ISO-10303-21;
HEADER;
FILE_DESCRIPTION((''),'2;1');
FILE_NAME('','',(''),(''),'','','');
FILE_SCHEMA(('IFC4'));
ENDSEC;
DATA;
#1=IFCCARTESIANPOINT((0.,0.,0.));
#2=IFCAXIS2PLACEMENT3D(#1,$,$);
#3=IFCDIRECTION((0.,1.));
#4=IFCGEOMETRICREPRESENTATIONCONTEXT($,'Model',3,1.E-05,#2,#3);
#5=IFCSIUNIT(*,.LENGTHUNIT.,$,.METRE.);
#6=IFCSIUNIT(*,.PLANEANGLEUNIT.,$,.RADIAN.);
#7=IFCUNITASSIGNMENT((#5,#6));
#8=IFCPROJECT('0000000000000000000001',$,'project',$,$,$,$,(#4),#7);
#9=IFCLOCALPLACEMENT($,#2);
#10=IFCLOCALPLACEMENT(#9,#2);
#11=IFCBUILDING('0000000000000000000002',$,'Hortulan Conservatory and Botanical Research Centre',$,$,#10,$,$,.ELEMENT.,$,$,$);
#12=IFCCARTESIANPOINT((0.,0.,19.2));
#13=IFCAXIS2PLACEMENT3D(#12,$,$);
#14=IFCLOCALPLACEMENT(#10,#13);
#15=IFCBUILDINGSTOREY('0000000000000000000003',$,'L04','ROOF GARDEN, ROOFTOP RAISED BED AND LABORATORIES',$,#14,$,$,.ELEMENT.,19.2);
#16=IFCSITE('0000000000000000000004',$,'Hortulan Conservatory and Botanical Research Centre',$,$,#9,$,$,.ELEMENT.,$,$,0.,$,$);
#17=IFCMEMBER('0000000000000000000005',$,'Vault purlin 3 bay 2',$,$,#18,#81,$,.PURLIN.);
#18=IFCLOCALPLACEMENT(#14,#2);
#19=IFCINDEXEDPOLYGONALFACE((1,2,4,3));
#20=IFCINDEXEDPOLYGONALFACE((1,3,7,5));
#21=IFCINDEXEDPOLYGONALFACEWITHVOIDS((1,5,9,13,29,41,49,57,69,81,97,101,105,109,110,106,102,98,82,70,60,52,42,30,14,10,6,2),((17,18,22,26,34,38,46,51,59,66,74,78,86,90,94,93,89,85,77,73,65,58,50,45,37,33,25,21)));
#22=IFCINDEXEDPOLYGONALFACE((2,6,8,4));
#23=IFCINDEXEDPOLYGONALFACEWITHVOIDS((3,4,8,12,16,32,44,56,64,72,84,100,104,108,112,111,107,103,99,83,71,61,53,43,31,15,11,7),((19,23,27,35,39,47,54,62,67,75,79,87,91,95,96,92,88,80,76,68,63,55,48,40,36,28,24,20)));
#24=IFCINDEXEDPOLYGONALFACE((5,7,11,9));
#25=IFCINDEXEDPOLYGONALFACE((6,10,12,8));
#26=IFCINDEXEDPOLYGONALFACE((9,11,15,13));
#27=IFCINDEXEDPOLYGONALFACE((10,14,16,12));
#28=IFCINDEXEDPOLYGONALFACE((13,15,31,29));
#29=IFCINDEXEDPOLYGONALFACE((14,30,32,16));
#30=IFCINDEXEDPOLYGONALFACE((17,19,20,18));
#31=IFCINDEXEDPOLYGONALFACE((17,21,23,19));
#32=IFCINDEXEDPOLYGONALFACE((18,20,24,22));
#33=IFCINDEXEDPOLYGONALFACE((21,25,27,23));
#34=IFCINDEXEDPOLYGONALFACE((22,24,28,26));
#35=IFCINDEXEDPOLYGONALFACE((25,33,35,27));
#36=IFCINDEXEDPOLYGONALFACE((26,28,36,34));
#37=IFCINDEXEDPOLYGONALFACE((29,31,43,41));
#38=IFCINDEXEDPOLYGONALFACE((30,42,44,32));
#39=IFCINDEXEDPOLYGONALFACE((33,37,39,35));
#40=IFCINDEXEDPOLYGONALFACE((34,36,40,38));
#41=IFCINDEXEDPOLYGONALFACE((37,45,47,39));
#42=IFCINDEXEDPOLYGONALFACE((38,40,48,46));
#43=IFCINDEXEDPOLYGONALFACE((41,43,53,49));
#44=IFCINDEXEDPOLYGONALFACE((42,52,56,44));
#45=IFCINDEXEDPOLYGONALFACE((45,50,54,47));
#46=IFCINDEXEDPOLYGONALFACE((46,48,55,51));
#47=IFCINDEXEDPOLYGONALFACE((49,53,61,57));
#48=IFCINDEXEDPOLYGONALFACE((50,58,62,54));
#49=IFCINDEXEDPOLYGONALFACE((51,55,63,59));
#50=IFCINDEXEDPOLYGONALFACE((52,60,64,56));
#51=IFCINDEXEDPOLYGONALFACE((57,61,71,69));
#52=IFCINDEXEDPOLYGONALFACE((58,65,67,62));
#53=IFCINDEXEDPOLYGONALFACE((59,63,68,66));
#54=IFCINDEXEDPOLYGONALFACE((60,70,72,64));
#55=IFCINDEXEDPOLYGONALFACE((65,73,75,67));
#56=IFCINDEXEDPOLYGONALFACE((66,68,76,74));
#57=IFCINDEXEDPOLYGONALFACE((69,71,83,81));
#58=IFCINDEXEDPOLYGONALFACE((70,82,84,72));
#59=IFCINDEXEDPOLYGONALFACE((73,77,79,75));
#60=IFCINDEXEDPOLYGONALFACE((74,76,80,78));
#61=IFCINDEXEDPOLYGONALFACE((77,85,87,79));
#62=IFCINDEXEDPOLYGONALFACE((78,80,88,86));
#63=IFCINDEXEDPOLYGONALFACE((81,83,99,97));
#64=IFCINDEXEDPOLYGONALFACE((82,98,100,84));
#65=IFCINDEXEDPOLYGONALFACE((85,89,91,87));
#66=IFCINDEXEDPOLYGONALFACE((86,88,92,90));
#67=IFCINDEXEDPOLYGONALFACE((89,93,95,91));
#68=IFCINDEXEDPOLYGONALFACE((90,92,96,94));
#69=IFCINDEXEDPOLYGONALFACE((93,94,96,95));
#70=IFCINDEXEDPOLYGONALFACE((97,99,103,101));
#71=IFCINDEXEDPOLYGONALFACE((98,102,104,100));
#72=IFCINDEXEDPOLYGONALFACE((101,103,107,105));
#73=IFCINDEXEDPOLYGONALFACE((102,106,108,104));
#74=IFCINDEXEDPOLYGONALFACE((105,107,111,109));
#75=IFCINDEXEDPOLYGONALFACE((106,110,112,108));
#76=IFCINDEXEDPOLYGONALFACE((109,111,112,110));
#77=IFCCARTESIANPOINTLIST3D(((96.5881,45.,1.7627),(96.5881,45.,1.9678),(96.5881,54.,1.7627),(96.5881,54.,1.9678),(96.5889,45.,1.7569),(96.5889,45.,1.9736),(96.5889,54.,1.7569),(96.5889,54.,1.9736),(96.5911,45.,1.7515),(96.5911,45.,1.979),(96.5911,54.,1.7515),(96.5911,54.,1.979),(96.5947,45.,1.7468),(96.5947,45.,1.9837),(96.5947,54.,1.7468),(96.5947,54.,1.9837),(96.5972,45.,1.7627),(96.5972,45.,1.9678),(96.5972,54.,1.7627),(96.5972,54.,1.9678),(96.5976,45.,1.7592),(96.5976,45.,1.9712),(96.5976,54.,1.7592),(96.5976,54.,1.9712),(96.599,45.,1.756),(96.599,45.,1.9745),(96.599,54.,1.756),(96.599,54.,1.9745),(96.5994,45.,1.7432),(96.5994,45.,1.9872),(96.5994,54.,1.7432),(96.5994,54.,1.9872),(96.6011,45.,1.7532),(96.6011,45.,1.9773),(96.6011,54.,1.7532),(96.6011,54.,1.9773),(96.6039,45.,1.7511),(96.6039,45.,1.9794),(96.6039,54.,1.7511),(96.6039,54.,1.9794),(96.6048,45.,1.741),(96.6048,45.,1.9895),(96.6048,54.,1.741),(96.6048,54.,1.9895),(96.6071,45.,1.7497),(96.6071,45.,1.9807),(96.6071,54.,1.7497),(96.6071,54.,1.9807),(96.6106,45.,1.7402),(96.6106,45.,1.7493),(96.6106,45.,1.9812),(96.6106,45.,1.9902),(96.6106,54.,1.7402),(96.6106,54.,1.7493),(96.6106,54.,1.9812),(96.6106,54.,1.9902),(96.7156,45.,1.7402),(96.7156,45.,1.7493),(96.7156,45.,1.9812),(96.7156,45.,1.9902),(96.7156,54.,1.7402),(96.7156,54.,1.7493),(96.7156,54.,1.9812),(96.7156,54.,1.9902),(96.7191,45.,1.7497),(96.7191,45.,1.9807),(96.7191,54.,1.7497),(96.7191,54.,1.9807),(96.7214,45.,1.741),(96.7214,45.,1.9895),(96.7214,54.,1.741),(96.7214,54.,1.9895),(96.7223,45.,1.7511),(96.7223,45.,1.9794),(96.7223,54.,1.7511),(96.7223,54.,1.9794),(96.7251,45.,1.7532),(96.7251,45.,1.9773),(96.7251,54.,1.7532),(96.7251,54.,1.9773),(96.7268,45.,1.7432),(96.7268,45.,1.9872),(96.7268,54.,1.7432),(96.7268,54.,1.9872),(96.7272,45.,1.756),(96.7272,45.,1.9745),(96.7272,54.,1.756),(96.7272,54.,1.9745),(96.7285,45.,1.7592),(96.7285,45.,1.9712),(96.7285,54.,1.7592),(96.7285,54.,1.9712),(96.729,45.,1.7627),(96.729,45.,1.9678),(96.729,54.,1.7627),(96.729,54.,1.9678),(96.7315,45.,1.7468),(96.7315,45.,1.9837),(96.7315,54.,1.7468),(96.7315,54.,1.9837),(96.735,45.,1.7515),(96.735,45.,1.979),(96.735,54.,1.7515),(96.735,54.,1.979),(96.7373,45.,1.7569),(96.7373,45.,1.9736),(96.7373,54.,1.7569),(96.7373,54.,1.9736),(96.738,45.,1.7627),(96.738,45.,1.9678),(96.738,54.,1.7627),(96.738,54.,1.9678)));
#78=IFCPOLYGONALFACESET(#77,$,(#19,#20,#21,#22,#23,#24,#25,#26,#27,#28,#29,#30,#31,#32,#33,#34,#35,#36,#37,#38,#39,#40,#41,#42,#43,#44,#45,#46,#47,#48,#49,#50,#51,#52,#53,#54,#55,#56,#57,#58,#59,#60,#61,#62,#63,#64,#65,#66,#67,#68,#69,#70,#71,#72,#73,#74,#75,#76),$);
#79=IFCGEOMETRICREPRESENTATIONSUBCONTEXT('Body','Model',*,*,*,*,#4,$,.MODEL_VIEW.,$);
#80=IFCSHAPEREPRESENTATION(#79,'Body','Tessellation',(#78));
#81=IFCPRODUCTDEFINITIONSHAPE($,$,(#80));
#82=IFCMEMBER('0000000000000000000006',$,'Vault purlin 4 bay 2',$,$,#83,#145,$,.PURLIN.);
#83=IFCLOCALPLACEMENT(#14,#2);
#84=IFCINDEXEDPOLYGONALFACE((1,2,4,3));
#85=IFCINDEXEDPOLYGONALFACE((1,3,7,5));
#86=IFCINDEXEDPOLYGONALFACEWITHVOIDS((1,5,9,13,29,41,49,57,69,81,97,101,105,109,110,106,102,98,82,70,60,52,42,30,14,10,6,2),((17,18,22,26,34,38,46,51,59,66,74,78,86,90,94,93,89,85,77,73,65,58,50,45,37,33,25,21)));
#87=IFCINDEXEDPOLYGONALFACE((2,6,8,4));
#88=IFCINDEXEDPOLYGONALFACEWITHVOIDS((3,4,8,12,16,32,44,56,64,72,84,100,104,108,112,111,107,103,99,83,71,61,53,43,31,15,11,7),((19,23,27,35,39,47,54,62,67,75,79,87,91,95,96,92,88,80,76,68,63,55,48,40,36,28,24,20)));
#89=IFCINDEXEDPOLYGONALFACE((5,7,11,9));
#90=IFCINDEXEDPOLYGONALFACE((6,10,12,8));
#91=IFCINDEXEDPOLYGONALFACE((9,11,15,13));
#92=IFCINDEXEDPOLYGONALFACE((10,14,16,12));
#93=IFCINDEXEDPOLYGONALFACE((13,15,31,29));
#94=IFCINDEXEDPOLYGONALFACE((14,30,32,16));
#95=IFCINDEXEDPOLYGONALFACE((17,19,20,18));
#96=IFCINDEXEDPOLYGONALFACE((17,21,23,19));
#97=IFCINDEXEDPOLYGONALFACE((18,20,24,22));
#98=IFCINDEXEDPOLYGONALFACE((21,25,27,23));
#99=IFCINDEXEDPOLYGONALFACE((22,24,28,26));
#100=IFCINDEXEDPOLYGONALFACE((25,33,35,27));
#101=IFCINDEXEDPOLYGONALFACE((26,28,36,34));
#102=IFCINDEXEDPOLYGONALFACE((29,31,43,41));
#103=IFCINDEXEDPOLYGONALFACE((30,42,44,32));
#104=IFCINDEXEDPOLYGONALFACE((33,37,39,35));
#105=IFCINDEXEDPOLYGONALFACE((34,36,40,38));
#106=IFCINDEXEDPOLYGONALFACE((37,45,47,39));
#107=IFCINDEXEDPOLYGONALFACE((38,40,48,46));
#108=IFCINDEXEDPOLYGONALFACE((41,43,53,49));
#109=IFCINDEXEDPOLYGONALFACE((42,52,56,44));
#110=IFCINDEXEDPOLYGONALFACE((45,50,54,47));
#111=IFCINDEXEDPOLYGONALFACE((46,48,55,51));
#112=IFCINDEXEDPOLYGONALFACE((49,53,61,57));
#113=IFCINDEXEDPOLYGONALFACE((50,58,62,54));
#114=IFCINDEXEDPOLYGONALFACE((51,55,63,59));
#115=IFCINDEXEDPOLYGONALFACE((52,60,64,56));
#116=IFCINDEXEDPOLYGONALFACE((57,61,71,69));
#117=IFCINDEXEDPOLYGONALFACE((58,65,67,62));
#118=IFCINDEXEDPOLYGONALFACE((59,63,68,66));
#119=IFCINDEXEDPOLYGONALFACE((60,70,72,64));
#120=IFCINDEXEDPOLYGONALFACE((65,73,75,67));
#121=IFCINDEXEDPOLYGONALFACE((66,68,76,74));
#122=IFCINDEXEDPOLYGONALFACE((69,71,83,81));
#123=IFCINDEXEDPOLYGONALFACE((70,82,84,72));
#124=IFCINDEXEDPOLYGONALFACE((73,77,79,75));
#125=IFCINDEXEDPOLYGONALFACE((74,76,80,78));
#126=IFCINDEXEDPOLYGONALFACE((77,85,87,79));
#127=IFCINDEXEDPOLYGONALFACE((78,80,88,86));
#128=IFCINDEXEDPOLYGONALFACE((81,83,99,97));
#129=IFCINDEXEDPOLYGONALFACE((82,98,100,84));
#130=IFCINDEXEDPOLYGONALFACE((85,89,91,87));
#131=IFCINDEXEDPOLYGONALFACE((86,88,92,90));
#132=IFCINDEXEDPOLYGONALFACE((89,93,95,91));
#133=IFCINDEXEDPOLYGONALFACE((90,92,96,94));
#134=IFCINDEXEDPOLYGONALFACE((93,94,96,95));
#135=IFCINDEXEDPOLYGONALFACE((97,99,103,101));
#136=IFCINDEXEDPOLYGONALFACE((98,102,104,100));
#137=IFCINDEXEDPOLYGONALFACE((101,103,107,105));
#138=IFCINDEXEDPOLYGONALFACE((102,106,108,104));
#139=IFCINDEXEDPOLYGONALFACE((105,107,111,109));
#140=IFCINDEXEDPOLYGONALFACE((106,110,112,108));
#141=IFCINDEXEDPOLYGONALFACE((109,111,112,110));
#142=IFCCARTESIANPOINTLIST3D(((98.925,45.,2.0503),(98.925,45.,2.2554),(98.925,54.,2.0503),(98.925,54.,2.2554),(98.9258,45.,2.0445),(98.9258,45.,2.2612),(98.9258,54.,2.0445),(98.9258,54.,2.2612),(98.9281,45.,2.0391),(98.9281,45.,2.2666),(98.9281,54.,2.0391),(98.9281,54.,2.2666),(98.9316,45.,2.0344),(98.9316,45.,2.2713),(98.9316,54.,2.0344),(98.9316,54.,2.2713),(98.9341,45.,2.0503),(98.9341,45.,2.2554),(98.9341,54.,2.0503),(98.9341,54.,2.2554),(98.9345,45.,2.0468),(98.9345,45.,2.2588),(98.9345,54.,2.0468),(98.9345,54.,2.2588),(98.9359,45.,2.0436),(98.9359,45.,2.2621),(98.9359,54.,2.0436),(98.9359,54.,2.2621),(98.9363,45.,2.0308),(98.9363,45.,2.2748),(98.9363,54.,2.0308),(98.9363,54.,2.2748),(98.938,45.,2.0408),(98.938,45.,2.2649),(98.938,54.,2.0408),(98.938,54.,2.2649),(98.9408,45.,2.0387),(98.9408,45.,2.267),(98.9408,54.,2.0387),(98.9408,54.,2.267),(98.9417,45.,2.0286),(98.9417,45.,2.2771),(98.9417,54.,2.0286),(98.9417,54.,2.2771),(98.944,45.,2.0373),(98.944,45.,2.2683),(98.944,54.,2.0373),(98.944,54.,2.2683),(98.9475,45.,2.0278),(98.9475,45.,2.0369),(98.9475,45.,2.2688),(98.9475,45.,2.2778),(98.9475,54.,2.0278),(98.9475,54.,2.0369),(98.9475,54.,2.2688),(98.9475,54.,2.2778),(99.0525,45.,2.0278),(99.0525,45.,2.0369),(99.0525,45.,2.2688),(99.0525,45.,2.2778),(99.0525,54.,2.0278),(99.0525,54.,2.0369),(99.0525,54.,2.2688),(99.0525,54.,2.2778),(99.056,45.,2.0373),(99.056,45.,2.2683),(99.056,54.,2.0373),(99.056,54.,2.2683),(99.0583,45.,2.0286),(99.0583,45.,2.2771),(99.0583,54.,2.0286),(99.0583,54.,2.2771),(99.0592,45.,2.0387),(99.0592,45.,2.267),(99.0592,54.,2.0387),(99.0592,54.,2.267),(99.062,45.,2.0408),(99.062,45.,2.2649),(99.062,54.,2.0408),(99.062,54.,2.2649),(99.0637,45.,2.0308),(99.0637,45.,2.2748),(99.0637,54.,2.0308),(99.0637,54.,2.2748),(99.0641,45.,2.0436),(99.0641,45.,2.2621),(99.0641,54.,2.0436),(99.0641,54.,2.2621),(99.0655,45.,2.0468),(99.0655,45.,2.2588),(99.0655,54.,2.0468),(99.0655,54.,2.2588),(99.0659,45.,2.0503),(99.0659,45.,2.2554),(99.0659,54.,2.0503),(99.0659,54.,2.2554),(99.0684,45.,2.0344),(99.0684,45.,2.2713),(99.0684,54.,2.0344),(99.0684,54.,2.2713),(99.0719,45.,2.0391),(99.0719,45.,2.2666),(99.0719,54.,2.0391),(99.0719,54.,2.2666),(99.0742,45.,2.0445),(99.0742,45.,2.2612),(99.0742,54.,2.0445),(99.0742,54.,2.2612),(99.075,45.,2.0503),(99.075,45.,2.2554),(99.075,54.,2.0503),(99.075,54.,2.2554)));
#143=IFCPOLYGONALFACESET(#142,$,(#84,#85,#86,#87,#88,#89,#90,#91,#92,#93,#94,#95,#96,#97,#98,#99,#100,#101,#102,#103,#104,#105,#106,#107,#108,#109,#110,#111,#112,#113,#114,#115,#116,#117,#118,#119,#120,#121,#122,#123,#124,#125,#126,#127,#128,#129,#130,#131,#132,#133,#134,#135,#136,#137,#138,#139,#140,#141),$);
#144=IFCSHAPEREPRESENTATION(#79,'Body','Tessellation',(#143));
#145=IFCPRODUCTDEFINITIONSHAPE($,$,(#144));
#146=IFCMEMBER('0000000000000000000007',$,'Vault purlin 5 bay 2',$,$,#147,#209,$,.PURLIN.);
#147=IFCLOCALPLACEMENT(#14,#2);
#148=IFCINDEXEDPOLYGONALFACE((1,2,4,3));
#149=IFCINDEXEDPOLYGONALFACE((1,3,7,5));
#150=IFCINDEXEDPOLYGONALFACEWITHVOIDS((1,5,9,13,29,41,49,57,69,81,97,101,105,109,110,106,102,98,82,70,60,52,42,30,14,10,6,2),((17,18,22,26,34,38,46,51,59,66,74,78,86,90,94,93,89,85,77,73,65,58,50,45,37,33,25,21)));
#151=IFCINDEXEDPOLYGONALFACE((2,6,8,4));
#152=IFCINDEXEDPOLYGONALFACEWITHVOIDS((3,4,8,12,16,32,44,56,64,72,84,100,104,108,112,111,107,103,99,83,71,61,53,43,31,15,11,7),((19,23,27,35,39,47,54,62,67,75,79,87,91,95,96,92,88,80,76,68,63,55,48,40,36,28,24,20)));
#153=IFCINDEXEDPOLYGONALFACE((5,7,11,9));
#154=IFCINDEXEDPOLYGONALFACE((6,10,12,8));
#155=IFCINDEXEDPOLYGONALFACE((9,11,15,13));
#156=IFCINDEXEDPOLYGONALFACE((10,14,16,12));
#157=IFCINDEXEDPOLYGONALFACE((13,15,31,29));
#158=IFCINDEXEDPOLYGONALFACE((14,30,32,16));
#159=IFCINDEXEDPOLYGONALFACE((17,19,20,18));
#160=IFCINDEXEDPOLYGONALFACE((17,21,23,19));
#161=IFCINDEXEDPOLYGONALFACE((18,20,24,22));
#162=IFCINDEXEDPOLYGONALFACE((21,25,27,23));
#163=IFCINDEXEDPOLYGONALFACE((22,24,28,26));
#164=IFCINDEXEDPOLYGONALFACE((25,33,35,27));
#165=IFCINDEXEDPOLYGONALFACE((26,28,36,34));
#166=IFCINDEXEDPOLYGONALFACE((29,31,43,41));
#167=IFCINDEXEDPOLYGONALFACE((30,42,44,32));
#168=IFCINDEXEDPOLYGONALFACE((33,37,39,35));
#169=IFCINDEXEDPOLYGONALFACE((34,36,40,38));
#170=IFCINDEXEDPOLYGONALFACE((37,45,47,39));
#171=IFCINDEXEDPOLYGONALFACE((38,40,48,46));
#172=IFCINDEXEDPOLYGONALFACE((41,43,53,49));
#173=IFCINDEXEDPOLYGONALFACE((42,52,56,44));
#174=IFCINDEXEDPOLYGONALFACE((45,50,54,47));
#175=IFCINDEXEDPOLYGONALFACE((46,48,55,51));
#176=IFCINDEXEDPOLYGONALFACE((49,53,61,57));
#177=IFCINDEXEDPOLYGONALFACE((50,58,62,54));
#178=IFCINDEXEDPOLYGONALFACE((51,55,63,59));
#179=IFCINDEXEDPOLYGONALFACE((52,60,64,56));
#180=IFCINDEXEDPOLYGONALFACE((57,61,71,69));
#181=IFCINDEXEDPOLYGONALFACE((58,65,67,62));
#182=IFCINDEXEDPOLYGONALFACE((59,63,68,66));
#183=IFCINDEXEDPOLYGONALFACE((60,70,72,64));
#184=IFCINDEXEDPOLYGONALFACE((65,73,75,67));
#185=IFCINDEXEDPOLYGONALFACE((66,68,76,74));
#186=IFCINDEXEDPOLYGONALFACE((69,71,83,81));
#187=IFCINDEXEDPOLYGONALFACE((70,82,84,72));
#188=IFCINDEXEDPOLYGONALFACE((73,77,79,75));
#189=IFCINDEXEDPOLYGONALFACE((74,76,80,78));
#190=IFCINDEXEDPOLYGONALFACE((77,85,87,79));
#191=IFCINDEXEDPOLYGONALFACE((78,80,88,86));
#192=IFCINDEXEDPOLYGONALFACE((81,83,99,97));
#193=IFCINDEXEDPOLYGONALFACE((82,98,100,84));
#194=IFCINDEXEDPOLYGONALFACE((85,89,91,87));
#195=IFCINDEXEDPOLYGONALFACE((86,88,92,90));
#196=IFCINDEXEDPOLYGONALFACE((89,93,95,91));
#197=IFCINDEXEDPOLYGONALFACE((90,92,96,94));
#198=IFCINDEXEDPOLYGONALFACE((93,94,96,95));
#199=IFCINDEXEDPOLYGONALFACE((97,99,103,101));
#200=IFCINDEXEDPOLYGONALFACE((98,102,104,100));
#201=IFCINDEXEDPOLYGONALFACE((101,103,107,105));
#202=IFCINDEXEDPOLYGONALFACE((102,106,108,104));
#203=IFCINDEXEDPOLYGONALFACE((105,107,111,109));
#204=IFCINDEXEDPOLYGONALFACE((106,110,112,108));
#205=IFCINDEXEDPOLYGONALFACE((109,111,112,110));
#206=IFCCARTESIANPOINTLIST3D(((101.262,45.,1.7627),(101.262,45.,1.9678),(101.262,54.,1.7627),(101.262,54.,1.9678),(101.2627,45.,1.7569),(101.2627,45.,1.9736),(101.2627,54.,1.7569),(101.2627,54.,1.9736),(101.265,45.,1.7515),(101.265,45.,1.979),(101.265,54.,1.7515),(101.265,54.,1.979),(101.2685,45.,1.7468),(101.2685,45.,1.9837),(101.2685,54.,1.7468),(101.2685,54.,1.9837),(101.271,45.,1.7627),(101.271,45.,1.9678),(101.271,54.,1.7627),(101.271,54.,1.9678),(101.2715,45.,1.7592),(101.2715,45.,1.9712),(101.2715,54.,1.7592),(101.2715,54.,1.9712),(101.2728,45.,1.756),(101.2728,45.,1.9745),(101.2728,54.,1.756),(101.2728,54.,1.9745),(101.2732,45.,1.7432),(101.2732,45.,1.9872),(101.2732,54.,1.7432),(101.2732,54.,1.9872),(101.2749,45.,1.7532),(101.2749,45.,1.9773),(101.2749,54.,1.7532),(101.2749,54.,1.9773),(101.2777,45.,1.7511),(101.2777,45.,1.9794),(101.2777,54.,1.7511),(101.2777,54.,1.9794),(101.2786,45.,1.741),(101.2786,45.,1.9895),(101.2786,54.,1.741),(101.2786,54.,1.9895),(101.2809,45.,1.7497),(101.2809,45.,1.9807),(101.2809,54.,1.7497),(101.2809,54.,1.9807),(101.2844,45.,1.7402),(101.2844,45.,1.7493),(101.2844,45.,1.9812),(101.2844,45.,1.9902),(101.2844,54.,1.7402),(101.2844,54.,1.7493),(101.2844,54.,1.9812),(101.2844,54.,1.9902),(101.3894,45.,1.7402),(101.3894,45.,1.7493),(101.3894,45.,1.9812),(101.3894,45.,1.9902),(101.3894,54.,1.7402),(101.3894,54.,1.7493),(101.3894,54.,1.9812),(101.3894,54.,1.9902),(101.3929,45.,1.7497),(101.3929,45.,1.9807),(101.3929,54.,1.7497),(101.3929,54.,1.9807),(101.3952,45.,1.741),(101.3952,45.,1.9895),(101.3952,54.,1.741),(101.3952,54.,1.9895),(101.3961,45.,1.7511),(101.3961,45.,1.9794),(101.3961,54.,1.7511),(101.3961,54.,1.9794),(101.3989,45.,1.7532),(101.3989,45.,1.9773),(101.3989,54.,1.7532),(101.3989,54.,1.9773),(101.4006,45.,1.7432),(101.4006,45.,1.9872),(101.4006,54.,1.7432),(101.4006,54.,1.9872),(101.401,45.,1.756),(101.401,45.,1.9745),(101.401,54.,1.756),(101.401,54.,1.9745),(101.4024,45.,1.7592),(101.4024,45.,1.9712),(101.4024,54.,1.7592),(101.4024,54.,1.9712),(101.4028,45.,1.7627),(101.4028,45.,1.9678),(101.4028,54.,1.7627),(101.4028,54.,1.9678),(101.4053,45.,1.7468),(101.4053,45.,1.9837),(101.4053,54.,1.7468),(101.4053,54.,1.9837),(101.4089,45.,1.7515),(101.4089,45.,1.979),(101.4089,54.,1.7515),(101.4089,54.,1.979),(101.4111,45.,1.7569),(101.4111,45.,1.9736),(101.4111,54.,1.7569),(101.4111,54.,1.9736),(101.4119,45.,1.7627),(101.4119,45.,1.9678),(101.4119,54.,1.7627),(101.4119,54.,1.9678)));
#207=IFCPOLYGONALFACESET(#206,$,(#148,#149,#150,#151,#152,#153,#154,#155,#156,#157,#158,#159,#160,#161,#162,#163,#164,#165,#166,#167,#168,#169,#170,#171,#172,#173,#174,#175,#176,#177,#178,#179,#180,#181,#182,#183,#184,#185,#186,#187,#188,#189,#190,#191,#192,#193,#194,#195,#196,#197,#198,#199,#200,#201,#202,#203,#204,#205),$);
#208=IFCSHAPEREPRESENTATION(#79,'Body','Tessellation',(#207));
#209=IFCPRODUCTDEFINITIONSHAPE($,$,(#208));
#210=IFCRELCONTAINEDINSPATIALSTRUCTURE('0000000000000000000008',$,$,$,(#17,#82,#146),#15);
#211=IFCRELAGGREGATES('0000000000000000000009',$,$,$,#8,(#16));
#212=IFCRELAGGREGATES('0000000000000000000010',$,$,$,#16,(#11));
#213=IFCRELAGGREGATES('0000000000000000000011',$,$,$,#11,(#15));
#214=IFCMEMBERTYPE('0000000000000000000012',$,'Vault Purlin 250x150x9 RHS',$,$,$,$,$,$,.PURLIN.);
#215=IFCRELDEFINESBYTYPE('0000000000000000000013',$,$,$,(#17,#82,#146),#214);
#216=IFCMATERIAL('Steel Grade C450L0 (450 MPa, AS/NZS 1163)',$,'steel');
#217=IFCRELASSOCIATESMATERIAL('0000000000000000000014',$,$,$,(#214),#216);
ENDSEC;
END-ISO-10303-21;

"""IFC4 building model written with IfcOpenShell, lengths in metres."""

from ifc_helpers import new_model, si_unit, direction, frame, origin, origin_2d, place, context, subcontext, project, spatial, hollow_rectangle, extrude, material, material_profile, profile_set, type_object, element, save


model = new_model("IFC4")

# Units and contexts
model_context = context("Model", 3, precision=1e-05, world=origin(), true_north=direction((0.0, 1.0)))
body_context = subcontext(model_context, "Body", "Model", "MODEL_VIEW")
ifc_project = project(units=[si_unit("LENGTHUNIT", "METRE"), si_unit("PLANEANGLEUNIT", "RADIAN")], contexts=[model_context])

# Site, building, storey
site_placement = place(None, origin())
site = spatial("IfcSite", under=ifc_project, at=site_placement, Name="Hortulan Conservatory and Botanical Research Centre", CompositionType="ELEMENT", RefElevation=0.0)
building_placement = place(site_placement, origin())
building = spatial("IfcBuilding", under=site, at=building_placement, Name="Hortulan Conservatory and Botanical Research Centre", CompositionType="ELEMENT")
storey_placement = place(building_placement, frame((0.0, 0.0, 19.2)))
storey = spatial("IfcBuildingStorey", under=building, at=storey_placement, Name="L04", Description="ROOF GARDEN, ROOFTOP RAISED BED AND LABORATORIES", CompositionType="ELEMENT", Elevation=19.2)

# Members
ifc_material_1 = material(Name="Steel Grade C450L0 (450 MPa, AS/NZS 1163)", Category="steel")
ifc_material_profile_1 = material_profile(ifc_material_1, hollow_rectangle(XDim=0.1499, YDim=0.25, WallThickness=0.009, InnerFilletRadius=0.0134, OuterFilletRadius=0.0225, at=origin_2d()), Name="250x150x9RHS")
ifc_profile_set_1 = profile_set([ifc_material_profile_1], Name="Steel Grade C450L0 (450 MPa, AS/NZS 1163)")
member_type_1 = type_object("IfcMemberType", Name="Vault Purlin 250x150x9 RHS", PredefinedType="PURLIN", material=ifc_profile_set_1)
for number, where, z_axis, x_axis, name in (
    (1, (96.6631, 45.0, 1.8652), (0.0, 1.0, 0.0), (-1.0, 0.0, 0.0), "Vault purlin 3 bay 2"),
    (2, (99.0, 45.0, 2.1528), (0.0, 1.0, 0.0), (-1.0, 0.0, 0.0), "Vault purlin 4 bay 2"),
    (3, (101.3369, 45.0, 1.8652), (0.0, 1.0, 0.0), (-1.0, 0.0, 0.0), "Vault purlin 5 bay 2"),
):
    element("IfcMember", number, at=place(storey_placement, frame(where, z_axis=z_axis, x_axis=x_axis)), inside=storey, type_object=member_type_1, Name=name, PredefinedType="PURLIN", context=body_context, shape_type="SweptSolid", body=[
        extrude(hollow_rectangle(XDim=0.1499, YDim=0.25, WallThickness=0.009, InnerFilletRadius=0.0134, OuterFilletRadius=0.0225, at=origin_2d()), origin(), (0.0, 0.0, 1.0), 9.0),
    ])

save(model, "model.ifc")
